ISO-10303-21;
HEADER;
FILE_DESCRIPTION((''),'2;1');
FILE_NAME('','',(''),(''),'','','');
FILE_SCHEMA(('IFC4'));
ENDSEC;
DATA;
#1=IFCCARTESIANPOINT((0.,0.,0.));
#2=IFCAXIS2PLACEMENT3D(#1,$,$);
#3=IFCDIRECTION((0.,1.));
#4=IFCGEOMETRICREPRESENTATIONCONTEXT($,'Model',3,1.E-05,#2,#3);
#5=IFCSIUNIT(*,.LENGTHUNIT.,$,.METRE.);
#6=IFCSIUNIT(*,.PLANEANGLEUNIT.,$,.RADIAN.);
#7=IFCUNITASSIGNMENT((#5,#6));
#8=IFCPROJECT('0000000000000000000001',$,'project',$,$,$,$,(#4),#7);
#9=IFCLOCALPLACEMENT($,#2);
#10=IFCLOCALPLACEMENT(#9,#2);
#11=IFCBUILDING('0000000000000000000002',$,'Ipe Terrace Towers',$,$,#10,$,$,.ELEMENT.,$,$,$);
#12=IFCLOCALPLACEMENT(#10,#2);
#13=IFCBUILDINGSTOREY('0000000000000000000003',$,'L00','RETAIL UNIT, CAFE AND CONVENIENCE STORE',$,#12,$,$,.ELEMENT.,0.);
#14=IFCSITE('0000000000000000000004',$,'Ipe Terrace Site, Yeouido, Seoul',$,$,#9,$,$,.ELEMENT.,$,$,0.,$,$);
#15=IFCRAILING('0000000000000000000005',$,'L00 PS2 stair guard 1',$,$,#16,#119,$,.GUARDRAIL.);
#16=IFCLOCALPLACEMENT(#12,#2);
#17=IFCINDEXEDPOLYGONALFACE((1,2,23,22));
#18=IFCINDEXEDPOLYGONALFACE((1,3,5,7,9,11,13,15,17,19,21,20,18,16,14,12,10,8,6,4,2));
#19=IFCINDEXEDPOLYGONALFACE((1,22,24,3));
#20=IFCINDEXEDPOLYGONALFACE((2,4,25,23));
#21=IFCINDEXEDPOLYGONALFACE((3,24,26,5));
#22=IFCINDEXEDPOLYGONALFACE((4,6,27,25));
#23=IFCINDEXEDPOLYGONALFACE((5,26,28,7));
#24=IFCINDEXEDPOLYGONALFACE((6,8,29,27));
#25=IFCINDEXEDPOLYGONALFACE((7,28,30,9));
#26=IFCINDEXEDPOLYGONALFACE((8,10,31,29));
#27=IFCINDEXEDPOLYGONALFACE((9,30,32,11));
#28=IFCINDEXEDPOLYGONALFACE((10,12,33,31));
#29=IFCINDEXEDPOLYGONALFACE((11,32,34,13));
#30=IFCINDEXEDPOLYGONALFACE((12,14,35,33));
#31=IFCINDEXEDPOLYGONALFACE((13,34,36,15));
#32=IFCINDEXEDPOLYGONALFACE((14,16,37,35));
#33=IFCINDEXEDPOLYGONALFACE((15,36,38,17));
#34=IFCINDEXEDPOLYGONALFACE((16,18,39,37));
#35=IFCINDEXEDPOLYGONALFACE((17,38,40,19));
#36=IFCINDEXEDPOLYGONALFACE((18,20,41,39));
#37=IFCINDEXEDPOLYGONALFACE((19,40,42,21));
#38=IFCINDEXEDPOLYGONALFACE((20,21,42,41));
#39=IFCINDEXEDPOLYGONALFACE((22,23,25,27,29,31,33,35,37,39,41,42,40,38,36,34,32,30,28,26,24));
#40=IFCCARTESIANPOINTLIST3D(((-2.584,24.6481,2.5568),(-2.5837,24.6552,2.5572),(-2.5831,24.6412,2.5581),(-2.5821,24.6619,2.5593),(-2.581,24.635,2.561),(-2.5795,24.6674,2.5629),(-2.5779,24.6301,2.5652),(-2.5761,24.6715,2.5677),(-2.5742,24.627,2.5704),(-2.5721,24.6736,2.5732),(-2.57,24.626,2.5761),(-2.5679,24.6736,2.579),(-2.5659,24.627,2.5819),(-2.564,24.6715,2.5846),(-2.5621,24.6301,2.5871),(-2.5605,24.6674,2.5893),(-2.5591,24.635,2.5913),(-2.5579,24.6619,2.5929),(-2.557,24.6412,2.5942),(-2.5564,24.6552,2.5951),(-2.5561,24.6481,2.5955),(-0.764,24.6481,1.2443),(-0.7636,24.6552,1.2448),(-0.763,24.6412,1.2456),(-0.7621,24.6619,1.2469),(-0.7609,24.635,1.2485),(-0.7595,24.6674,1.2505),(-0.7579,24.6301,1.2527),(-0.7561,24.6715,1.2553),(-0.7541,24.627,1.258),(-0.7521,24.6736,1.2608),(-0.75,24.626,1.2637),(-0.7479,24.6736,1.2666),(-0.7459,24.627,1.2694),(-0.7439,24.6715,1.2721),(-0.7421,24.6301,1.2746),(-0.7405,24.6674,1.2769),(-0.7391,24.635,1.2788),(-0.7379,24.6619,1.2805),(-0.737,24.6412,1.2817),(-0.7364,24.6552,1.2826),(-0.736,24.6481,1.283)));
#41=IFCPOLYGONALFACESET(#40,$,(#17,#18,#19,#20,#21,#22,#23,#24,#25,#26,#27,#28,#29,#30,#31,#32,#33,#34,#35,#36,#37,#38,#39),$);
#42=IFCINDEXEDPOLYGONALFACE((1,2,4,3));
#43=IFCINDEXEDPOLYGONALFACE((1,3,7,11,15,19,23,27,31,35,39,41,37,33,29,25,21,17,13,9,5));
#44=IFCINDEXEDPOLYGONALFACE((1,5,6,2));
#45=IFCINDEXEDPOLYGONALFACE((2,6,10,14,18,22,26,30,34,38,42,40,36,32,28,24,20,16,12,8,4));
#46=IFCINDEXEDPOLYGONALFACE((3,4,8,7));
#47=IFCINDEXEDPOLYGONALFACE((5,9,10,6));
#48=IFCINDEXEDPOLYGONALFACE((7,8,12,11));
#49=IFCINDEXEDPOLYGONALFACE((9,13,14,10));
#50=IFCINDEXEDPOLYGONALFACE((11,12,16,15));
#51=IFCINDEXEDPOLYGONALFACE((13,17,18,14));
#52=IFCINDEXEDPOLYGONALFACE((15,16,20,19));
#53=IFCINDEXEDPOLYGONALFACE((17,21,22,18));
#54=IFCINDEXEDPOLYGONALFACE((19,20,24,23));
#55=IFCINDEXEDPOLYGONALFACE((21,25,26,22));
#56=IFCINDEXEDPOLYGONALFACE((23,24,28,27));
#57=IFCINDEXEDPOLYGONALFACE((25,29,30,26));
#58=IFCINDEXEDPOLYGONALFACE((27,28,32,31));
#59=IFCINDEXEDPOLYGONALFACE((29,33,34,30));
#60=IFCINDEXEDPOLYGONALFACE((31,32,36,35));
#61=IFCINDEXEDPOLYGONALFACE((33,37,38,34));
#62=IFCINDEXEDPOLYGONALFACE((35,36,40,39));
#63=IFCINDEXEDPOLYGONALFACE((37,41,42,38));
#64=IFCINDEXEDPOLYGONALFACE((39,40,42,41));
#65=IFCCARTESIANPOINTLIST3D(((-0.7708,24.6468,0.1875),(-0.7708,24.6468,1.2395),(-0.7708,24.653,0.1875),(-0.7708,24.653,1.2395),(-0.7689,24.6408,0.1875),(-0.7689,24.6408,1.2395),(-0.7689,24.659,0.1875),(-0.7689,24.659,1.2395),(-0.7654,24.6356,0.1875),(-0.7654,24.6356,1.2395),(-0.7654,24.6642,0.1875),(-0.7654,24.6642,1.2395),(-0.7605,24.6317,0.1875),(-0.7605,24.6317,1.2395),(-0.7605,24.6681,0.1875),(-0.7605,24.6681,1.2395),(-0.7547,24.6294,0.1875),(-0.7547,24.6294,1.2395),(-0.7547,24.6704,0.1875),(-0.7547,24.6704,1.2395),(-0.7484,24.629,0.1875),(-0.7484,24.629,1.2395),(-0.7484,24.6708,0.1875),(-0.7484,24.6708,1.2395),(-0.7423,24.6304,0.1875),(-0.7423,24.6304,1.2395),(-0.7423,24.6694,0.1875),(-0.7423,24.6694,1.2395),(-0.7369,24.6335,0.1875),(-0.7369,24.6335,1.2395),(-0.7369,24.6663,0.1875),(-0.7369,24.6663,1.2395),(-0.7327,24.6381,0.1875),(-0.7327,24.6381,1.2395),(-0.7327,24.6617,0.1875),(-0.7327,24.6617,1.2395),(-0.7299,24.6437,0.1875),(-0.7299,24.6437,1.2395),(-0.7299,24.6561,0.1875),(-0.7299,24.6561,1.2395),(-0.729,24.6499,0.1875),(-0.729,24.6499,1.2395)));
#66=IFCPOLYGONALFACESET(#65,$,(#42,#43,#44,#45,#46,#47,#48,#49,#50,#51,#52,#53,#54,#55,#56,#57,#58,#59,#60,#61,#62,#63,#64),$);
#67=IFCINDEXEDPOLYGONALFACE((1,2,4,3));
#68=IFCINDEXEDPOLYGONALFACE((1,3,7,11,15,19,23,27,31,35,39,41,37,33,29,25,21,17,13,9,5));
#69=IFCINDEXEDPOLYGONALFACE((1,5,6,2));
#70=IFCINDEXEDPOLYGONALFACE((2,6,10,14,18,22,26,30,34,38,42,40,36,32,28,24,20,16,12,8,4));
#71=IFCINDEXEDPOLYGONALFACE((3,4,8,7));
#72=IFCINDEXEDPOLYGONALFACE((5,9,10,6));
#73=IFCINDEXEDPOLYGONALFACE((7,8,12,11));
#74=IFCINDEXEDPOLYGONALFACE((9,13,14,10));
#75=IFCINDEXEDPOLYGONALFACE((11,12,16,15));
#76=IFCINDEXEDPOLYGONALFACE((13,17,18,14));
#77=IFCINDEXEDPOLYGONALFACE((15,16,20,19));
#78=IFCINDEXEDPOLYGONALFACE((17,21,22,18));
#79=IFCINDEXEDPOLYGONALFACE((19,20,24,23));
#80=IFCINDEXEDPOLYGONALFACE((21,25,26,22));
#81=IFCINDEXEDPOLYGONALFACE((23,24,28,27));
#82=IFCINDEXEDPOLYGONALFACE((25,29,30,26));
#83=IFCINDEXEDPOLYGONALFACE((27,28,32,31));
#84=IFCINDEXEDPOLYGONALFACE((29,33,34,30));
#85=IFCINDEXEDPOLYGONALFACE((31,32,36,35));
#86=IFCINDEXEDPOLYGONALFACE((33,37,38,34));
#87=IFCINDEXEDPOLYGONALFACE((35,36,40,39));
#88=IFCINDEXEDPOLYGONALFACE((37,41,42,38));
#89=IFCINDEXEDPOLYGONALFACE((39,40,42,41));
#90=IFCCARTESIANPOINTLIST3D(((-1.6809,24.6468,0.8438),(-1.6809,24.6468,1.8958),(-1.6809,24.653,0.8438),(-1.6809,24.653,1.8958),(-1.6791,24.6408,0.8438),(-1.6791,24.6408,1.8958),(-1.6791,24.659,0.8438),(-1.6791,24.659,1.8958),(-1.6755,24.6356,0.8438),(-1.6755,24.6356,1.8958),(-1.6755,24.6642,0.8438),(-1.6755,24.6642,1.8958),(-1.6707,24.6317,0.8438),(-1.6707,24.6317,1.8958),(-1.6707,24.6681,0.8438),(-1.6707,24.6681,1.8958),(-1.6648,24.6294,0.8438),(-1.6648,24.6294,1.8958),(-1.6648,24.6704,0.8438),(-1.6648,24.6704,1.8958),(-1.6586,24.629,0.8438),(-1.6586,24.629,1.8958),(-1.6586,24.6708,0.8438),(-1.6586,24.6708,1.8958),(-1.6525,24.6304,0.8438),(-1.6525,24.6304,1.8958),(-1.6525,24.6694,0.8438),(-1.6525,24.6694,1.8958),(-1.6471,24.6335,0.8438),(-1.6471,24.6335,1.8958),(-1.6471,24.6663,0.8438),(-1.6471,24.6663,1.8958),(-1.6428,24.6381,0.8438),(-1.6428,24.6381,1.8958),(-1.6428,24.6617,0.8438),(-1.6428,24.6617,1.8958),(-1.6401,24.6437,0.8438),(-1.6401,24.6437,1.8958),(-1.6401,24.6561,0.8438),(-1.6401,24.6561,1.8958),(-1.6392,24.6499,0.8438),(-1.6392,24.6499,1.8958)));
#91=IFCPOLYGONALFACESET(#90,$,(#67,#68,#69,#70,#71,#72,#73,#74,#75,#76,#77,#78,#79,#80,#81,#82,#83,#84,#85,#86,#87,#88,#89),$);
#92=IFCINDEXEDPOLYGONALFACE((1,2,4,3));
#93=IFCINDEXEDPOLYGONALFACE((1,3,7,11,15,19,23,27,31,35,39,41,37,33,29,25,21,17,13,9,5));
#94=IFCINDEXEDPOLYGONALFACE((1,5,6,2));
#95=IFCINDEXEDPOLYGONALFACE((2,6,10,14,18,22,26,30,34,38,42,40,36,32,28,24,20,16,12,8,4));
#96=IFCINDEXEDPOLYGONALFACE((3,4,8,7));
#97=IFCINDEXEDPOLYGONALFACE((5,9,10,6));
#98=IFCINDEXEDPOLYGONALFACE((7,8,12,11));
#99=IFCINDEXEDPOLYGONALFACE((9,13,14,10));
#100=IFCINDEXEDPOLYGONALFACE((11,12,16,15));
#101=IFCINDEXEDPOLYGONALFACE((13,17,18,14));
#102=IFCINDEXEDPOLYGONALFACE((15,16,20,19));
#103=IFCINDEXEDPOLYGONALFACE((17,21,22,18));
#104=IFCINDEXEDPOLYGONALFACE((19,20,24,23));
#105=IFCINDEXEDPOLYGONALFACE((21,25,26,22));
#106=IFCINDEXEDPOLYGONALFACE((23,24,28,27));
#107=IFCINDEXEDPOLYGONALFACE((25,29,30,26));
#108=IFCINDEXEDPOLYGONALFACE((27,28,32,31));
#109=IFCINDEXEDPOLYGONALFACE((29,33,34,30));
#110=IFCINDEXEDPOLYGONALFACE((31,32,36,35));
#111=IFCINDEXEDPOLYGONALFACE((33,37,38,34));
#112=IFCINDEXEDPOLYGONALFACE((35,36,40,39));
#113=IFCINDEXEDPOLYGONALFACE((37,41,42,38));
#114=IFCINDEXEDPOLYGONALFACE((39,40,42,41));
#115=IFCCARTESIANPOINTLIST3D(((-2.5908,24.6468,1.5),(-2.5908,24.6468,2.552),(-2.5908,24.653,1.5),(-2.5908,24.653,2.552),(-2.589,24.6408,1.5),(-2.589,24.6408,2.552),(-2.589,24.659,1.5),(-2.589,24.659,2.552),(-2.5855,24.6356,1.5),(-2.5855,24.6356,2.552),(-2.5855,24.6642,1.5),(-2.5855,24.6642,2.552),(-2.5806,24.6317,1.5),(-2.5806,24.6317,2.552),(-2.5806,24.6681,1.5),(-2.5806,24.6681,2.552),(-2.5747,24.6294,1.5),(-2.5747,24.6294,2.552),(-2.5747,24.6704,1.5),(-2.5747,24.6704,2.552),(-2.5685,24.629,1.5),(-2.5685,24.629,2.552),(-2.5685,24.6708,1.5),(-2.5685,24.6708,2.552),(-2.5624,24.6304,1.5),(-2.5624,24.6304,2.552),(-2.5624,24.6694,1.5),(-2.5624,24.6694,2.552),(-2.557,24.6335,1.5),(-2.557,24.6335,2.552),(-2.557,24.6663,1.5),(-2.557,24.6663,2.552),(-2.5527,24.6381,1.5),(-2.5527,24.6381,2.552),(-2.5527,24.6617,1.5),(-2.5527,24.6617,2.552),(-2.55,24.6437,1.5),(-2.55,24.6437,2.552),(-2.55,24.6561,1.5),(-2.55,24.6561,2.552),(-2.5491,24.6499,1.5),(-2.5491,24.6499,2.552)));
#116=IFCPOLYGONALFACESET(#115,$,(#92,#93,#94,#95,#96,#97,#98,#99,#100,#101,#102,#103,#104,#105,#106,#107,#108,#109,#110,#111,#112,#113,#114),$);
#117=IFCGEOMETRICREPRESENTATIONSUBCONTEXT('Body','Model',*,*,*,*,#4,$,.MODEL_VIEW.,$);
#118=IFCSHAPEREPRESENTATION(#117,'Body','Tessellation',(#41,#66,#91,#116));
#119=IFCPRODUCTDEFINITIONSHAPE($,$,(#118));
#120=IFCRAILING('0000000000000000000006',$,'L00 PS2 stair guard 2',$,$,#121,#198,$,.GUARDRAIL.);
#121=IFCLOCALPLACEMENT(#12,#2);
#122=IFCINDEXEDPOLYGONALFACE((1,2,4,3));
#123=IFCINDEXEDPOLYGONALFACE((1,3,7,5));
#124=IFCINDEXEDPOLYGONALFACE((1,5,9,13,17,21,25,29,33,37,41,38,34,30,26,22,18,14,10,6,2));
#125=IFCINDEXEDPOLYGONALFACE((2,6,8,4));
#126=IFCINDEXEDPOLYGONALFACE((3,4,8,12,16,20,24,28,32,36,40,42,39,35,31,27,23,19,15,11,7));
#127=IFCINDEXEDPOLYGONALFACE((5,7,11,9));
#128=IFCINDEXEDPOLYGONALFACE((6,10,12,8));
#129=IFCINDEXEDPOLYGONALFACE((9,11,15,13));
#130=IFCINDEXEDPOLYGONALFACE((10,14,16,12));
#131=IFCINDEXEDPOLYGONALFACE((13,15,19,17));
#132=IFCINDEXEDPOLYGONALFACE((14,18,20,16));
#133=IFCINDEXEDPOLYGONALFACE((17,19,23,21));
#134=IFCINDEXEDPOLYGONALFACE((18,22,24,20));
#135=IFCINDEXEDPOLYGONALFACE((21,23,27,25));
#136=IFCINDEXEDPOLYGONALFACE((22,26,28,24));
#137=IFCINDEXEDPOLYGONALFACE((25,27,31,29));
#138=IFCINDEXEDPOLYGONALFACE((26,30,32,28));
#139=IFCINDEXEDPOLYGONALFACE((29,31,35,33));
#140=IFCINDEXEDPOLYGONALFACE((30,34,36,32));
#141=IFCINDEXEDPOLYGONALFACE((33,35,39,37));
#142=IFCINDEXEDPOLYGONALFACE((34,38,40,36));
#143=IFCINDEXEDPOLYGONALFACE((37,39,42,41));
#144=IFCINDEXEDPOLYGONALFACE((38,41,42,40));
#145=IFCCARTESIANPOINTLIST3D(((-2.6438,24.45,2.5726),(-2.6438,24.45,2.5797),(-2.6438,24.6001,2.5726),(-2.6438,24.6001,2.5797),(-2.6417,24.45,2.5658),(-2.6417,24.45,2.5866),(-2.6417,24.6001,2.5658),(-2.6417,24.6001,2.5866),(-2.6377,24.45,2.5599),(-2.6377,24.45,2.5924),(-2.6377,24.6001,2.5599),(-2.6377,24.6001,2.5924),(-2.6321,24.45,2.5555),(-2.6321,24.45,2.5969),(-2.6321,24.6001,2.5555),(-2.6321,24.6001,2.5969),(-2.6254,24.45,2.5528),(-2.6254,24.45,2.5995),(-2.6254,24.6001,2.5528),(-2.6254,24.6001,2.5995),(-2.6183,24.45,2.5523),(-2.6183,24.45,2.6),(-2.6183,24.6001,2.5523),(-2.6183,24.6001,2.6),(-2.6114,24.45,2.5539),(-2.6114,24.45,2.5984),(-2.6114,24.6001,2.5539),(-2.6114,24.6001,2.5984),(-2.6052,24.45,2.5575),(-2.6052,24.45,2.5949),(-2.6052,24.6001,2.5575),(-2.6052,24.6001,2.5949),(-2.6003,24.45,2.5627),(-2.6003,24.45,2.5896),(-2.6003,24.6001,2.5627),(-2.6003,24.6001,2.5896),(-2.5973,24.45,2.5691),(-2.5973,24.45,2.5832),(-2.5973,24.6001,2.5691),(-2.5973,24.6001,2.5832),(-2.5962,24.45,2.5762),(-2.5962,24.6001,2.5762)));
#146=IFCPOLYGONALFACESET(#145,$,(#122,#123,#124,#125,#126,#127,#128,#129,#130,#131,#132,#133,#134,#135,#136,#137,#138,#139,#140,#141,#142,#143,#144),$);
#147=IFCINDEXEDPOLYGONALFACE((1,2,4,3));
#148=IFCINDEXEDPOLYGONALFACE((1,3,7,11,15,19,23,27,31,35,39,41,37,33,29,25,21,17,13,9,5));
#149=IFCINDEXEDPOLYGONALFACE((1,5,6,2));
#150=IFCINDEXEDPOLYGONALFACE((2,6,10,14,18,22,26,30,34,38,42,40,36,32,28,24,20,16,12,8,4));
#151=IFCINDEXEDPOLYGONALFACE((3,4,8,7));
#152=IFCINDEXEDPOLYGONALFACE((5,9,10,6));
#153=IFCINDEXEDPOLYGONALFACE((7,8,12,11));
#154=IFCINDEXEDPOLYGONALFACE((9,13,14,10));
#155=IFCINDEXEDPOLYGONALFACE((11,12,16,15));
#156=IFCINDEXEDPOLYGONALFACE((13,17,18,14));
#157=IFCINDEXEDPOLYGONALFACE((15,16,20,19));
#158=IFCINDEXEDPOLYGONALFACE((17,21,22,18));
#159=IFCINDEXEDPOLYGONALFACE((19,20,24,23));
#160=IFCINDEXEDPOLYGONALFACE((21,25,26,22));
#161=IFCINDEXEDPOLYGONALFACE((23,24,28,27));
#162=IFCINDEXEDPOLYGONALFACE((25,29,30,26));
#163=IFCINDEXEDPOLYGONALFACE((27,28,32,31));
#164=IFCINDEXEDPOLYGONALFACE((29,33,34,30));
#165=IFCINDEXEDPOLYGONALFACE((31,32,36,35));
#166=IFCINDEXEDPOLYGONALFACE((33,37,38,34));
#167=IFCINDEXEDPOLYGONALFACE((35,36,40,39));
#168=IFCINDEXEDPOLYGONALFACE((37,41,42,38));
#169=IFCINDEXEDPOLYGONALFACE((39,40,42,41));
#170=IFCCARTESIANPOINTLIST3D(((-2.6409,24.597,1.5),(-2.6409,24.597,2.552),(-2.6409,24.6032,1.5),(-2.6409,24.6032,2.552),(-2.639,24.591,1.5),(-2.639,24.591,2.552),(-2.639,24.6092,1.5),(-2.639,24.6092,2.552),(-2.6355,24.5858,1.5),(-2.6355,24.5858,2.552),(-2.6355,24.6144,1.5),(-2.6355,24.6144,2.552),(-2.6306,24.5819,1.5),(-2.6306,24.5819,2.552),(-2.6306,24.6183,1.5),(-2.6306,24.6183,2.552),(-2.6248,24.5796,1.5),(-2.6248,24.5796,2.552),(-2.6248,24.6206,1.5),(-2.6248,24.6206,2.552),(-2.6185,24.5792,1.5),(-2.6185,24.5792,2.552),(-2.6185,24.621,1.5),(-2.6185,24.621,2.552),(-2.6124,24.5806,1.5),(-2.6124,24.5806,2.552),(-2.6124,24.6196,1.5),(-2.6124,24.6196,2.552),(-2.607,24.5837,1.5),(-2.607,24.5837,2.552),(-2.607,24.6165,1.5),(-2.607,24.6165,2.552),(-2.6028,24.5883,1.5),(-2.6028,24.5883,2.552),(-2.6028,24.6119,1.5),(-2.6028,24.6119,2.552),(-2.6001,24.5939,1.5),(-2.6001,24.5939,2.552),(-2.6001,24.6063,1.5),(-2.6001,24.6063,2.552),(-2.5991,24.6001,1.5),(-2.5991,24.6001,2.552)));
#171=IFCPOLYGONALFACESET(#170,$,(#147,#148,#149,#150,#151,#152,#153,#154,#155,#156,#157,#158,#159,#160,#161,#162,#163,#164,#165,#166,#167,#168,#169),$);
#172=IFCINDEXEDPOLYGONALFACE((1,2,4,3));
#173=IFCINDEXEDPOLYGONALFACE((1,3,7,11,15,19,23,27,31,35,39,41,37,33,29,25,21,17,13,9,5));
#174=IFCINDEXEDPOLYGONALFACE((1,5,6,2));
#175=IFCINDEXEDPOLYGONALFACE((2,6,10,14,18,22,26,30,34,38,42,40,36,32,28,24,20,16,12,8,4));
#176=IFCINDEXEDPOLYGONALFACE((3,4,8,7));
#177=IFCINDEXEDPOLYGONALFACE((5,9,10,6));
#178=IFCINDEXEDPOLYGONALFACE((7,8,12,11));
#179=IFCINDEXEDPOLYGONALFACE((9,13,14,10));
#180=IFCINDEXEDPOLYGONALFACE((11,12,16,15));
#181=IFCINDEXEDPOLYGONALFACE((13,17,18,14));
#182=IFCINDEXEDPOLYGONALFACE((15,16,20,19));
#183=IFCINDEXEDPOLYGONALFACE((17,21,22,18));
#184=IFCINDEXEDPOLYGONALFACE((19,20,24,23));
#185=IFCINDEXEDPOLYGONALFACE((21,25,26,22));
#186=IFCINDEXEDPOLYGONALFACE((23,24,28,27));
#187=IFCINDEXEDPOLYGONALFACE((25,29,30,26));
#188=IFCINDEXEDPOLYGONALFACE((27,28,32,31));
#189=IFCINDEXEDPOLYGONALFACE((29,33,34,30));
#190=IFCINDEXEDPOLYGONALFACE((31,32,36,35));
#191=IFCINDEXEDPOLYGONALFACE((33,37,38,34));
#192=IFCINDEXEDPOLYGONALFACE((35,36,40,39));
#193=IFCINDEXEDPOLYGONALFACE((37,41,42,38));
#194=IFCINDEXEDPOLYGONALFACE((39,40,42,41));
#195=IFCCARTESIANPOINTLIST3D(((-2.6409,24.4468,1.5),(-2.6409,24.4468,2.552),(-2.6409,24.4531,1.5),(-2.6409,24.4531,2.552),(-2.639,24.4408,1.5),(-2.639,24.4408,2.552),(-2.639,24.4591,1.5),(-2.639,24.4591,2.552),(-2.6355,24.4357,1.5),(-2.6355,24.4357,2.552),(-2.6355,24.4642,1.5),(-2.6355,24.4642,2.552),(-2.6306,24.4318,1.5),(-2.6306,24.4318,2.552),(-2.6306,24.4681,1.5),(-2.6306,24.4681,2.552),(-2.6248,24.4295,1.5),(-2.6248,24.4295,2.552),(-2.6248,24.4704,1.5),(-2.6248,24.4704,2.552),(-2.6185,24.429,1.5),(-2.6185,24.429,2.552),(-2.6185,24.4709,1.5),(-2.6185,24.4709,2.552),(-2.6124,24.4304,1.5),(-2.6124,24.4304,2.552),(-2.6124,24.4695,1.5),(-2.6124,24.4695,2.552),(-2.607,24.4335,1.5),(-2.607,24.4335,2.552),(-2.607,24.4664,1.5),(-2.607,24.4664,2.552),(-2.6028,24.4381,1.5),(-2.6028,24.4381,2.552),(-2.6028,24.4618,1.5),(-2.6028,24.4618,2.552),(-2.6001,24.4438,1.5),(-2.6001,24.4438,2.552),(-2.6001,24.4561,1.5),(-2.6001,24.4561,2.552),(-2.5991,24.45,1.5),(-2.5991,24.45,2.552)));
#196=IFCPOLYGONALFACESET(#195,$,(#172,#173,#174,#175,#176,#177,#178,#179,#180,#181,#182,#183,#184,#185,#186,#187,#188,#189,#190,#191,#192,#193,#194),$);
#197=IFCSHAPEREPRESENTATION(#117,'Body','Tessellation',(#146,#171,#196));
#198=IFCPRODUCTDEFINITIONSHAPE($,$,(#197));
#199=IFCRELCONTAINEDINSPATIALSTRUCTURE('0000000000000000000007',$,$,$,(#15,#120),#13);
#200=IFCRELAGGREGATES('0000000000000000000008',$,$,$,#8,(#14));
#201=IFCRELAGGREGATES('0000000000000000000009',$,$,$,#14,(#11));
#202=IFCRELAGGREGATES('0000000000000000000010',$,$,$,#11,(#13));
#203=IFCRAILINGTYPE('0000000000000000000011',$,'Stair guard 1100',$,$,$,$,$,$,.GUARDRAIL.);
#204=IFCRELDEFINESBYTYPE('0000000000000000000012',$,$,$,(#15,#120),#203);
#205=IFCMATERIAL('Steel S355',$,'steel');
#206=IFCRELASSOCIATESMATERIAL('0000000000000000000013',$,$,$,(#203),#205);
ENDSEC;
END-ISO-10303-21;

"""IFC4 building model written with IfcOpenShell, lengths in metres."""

from ifc_helpers import new_model, si_unit, direction, frame, origin, origin_2d, place, context, subcontext, project, spatial, circle, extrude, material, type_object, element, save


model = new_model("IFC4")

# Units and contexts
model_context = context("Model", 3, precision=1e-05, world=origin(), true_north=direction((0.0, 1.0)))
body_context = subcontext(model_context, "Body", "Model", "MODEL_VIEW")
ifc_project = project(units=[si_unit("LENGTHUNIT", "METRE"), si_unit("PLANEANGLEUNIT", "RADIAN")], contexts=[model_context])

# Site, building, storey
site_placement = place(None, origin())
site = spatial("IfcSite", under=ifc_project, at=site_placement, Name="Ipe Terrace Site, Yeouido, Seoul", CompositionType="ELEMENT", RefElevation=0.0)
building_placement = place(site_placement, origin())
building = spatial("IfcBuilding", under=site, at=building_placement, Name="Ipe Terrace Towers", CompositionType="ELEMENT")
storey_placement = place(building_placement, origin())
storey = spatial("IfcBuildingStorey", under=building, at=storey_placement, Name="L00", Description="RETAIL UNIT, CAFE AND CONVENIENCE STORE", CompositionType="ELEMENT", Elevation=0.0)

# Railings
ifc_material_1 = material(Name="Steel S355", Category="steel")
railing_type_1 = type_object("IfcRailingType", Name="Stair guard 1100", PredefinedType="GUARDRAIL", material=ifc_material_1)
railing_1_placement = place(storey_placement, frame((-0.75, 24.6499, 0.1875)))
element("IfcRailing", 1, at=railing_1_placement, inside=storey, type_object=railing_type_1, Name="L00 PS2 stair guard 1", PredefinedType="GUARDRAIL", context=body_context, shape_type="SweptSolid", body=[
    extrude(circle(Radius=0.0239, at=origin_2d()), frame((0.0, 0.0, 1.0762), z_axis=(-0.811101, 0.0, 0.584906), x_axis=(0.0, -1.0, 0.0)), (0.0, 0.0, 1.0), 2.2439),
    extrude(circle(Radius=0.021, at=origin_2d()), origin(), (0.0, 0.0, 1.0), 1.052),
    extrude(circle(Radius=0.021, at=origin_2d()), frame((-0.9102, 0.0, 0.6562)), (0.0, 0.0, 1.0), 1.052),
    extrude(circle(Radius=0.021, at=origin_2d()), frame((-1.8201, 0.0, 1.3125)), (0.0, 0.0, 1.0), 1.052),
])
railing_2_placement = place(storey_placement, frame((-2.6201, 24.6001, 1.5)))
element("IfcRailing", 2, at=railing_2_placement, inside=storey, type_object=railing_type_1, Name="L00 PS2 stair guard 2", PredefinedType="GUARDRAIL", context=body_context, shape_type="SweptSolid", body=[
    extrude(circle(Radius=0.0239, at=origin_2d()), frame((0.0, 0.0, 1.0762), z_axis=(0.0, -1.0, 0.0), x_axis=(1.0, 0.0, 0.0)), (0.0, 0.0, 1.0), 0.1501),
    extrude(circle(Radius=0.021, at=origin_2d()), origin(), (0.0, 0.0, 1.0), 1.052),
    extrude(circle(Radius=0.021, at=origin_2d()), frame((0.0, -0.1501, 0.0)), (0.0, 0.0, 1.0), 1.052),
])

save(model, "model.ifc")
